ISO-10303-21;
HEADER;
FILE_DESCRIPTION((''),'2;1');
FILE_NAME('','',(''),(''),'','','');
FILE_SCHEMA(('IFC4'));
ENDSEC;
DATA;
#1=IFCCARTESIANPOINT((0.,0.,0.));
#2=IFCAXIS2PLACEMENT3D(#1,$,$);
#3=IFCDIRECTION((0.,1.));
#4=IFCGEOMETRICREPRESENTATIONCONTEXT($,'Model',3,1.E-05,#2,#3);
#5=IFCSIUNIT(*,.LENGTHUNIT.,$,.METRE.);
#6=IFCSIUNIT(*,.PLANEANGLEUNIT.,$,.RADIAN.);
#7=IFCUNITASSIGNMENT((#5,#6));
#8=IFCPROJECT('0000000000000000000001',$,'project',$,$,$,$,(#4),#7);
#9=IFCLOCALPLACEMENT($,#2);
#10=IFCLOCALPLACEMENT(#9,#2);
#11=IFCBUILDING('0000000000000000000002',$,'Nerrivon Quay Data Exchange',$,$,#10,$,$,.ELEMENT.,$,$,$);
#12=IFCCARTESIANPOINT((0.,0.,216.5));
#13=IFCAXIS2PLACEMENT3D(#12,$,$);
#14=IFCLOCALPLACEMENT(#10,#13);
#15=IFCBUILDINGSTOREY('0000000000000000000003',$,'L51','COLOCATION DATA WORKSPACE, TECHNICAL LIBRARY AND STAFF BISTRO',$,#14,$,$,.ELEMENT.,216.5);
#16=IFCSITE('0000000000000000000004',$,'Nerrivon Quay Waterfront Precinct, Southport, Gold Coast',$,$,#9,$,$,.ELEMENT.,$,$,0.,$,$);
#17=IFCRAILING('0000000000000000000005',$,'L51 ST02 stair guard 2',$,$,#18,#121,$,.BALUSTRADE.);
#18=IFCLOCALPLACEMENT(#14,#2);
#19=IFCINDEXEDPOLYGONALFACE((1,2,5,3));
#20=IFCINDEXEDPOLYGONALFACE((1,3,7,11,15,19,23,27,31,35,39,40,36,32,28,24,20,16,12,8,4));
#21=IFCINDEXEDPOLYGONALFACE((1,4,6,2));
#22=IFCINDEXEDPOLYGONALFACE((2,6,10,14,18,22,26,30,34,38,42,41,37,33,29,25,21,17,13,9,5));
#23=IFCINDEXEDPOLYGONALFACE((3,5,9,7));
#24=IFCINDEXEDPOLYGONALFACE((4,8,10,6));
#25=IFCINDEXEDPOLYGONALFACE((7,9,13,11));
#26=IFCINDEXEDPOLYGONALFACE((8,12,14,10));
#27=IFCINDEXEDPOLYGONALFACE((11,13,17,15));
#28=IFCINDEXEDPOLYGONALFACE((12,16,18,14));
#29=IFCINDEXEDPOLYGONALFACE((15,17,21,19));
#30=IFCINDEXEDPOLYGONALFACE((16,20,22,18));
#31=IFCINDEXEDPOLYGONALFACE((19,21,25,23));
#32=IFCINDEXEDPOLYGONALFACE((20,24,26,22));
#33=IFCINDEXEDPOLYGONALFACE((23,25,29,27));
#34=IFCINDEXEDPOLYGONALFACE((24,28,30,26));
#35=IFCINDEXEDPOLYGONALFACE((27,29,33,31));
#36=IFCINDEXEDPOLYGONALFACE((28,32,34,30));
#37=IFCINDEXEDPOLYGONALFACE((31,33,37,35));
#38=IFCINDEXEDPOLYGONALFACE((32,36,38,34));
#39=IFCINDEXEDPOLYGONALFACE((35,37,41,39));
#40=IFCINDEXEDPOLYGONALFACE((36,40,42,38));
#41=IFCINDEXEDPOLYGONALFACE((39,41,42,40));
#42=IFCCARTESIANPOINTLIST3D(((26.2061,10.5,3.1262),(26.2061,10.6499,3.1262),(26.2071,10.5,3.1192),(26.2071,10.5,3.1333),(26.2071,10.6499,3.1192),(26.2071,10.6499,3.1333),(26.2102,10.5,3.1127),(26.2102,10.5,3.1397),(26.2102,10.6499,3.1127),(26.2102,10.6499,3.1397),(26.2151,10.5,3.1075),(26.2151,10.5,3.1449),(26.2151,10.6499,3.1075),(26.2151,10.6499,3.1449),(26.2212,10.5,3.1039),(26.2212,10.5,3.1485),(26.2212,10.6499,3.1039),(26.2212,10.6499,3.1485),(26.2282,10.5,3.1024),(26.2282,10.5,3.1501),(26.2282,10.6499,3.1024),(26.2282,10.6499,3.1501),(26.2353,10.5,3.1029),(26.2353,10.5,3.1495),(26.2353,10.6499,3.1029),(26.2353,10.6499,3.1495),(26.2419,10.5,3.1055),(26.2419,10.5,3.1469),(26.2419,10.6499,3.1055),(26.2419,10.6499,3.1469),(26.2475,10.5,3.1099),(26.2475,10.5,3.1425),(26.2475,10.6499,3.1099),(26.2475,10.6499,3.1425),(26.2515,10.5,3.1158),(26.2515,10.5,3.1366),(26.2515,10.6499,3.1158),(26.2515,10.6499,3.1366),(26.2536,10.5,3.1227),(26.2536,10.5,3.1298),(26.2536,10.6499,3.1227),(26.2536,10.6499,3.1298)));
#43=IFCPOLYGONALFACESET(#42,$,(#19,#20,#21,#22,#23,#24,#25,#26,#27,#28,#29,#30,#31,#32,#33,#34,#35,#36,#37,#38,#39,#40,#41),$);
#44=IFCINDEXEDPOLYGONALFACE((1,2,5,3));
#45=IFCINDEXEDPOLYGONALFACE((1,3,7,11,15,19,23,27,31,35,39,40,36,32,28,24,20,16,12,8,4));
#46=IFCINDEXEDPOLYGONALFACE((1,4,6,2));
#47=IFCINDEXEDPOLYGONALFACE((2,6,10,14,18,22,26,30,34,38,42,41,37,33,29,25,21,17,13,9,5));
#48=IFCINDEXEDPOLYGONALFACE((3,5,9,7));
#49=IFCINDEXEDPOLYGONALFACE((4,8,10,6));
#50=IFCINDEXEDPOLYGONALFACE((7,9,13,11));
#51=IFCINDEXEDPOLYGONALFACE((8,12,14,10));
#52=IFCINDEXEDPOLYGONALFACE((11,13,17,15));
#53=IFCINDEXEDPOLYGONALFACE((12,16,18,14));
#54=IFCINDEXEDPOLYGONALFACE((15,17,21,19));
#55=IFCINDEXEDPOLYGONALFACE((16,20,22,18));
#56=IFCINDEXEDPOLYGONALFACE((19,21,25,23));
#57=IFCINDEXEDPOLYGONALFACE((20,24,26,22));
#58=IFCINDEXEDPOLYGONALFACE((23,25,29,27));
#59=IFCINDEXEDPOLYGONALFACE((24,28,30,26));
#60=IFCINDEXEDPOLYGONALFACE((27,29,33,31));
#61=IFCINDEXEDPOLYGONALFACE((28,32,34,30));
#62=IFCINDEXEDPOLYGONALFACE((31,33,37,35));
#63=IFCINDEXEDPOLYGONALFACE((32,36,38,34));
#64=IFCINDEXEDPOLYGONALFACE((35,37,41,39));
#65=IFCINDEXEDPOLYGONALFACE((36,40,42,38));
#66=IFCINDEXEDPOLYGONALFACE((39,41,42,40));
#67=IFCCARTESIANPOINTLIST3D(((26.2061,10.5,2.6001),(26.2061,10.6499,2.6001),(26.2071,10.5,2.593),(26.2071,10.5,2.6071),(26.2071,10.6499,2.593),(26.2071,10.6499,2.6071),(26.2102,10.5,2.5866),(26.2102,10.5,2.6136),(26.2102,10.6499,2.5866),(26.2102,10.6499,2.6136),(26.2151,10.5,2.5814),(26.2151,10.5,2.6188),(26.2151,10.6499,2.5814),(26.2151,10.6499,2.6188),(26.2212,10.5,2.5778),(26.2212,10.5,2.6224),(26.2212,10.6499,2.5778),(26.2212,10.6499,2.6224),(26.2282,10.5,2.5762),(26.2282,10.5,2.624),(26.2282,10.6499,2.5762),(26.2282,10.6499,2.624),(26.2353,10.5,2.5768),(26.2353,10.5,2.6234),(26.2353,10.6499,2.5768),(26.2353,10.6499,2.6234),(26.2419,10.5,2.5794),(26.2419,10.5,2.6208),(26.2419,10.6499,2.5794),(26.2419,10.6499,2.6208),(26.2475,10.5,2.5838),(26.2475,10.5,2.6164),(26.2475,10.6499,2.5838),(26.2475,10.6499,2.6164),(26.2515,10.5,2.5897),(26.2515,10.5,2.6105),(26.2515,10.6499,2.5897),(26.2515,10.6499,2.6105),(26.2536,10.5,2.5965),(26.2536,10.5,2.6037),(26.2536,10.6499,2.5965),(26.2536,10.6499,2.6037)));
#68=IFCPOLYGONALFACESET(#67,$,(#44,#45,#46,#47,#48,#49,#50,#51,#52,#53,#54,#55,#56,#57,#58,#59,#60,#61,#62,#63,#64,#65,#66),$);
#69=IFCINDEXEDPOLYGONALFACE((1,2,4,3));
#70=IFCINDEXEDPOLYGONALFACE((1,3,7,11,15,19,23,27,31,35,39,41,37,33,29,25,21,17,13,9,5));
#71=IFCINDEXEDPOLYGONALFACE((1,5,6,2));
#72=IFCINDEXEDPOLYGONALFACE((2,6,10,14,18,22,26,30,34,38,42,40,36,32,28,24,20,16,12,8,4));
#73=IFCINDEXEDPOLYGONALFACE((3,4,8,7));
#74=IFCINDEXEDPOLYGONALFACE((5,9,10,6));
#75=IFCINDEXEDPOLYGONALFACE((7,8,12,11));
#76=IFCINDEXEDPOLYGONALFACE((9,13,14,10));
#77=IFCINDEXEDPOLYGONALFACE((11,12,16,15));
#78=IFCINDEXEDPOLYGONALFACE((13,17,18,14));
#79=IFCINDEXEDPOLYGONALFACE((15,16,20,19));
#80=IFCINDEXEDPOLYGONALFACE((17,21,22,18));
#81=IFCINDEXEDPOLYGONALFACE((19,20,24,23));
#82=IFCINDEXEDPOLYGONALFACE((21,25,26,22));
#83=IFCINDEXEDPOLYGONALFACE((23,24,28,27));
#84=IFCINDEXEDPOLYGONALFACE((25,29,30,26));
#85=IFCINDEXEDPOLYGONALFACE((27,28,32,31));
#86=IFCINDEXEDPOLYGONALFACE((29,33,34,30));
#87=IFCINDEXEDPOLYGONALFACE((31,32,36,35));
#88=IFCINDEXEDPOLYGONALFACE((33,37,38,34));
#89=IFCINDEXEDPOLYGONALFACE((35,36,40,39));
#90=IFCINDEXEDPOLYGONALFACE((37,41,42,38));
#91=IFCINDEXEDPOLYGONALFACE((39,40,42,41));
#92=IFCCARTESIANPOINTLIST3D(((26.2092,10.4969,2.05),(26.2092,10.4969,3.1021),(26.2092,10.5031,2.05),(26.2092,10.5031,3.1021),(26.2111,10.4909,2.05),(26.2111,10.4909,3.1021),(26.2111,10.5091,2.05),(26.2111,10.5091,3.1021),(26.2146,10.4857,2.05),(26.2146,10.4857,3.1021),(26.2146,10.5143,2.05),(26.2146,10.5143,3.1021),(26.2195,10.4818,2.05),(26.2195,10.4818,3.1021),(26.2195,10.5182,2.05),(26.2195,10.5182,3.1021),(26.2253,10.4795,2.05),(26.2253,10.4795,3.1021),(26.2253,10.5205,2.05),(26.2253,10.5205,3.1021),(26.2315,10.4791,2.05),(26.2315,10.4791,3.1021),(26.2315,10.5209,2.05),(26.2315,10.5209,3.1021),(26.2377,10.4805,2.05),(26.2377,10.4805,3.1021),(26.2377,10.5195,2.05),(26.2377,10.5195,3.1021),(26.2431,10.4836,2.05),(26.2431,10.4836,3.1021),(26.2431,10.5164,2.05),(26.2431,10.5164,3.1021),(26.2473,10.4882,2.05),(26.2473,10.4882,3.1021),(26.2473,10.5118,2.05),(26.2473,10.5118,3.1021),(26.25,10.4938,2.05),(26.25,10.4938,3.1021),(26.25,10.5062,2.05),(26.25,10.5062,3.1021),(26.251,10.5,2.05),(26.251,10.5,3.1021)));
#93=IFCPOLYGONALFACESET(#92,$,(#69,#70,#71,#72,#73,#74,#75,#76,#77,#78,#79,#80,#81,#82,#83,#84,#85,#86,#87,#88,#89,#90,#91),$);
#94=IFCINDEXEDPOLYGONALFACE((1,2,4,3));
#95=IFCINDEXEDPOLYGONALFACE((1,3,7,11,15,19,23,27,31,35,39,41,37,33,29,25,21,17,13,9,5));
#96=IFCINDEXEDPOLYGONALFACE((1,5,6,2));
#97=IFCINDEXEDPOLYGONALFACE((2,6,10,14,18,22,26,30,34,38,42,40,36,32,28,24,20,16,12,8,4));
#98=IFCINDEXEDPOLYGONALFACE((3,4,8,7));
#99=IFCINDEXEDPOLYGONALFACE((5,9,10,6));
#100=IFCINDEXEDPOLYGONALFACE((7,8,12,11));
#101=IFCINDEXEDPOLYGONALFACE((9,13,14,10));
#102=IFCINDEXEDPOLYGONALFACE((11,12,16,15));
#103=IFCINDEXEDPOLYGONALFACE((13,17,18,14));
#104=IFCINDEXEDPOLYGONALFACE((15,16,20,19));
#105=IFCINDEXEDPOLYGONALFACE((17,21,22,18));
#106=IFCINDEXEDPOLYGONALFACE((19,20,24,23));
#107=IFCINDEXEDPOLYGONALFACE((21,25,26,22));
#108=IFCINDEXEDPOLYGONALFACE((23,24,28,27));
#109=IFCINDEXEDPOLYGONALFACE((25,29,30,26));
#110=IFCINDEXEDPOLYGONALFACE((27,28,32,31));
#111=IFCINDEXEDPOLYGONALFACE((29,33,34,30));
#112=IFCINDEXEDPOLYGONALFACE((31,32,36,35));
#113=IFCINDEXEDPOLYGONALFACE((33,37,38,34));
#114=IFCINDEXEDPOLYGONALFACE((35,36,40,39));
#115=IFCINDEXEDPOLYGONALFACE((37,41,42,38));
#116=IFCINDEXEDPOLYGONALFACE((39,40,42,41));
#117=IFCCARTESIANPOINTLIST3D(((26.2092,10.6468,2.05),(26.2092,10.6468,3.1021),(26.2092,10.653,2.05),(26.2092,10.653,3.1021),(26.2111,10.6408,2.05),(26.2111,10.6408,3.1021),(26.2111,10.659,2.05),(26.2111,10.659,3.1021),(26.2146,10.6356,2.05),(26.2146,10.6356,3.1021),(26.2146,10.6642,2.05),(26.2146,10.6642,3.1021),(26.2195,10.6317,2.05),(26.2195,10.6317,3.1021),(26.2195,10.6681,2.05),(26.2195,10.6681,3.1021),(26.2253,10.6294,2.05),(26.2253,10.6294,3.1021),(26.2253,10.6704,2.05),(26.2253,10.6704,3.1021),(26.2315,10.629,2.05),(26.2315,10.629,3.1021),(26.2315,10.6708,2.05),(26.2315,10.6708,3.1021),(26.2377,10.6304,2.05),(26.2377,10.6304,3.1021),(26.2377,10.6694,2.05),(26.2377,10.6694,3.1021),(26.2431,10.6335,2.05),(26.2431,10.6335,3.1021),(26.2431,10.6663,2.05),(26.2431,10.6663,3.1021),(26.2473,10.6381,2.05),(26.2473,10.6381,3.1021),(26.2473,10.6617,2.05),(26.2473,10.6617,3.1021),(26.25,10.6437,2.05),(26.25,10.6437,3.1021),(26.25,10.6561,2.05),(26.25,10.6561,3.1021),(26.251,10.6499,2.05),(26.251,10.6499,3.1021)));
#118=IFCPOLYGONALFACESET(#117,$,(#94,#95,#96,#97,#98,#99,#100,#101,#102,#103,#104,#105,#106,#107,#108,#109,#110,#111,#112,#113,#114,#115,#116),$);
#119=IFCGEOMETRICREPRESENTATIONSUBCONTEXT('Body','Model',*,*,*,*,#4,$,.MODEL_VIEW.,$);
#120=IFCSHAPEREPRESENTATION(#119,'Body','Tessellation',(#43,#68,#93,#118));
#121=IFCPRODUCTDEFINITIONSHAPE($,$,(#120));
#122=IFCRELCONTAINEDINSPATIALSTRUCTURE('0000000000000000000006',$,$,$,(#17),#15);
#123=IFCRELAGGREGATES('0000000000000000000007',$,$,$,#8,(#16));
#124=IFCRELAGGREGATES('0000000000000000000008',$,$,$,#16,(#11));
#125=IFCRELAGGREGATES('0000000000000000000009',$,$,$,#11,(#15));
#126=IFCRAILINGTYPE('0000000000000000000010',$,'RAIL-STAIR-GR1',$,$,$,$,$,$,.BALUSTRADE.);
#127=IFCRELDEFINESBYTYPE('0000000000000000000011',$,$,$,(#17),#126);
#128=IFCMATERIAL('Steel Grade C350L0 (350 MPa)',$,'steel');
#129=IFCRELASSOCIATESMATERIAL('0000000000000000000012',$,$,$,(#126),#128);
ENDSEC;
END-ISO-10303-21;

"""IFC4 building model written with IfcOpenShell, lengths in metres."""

from ifc_helpers import new_model, si_unit, direction, frame, origin, origin_2d, place, context, subcontext, project, spatial, circle, extrude, material, type_object, element, save


model = new_model("IFC4")

# Units and contexts
model_context = context("Model", 3, precision=1e-05, world=origin(), true_north=direction((0.0, 1.0)))
body_context = subcontext(model_context, "Body", "Model", "MODEL_VIEW")
ifc_project = project(units=[si_unit("LENGTHUNIT", "METRE"), si_unit("PLANEANGLEUNIT", "RADIAN")], contexts=[model_context])

# Site, building, storey
site_placement = place(None, origin())
site = spatial("IfcSite", under=ifc_project, at=site_placement, Name="Nerrivon Quay Waterfront Precinct, Southport, Gold Coast", CompositionType="ELEMENT", RefElevation=0.0)
building_placement = place(site_placement, origin())
building = spatial("IfcBuilding", under=site, at=building_placement, Name="Nerrivon Quay Data Exchange", CompositionType="ELEMENT")
storey_placement = place(building_placement, frame((0.0, 0.0, 216.5)))
storey = spatial("IfcBuildingStorey", under=building, at=storey_placement, Name="L51", Description="COLOCATION DATA WORKSPACE, TECHNICAL LIBRARY AND STAFF BISTRO", CompositionType="ELEMENT", Elevation=216.5)

# Shared definitions
ifc_material_1 = material(Name="Steel Grade C350L0 (350 MPa)", Category="steel")

# Railing
railing_type_1 = type_object("IfcRailingType", Name="RAIL-STAIR-GR1", PredefinedType="BALUSTRADE", material=ifc_material_1)
railing_1_placement = place(storey_placement, frame((26.23, 10.5, 2.05)))
element("IfcRailing", 1, at=railing_1_placement, inside=storey, type_object=railing_type_1, Name="L51 ST02 stair guard 2", PredefinedType="BALUSTRADE", context=body_context, shape_type="SweptSolid", body=[
    extrude(circle(Radius=0.0239, at=origin_2d()), frame((0.0, 0.0, 1.0762), z_axis=(0.0, 1.0, 0.0), x_axis=(-1.0, 0.0, 0.0)), (0.0, 0.0, 1.0), 0.1499),
    extrude(circle(Radius=0.0239, at=origin_2d()), frame((0.0, 0.0, 0.55), z_axis=(0.0, 1.0, 0.0), x_axis=(-1.0, 0.0, 0.0)), (0.0, 0.0, 1.0), 0.1499),
    extrude(circle(Radius=0.021, at=origin_2d()), origin(), (0.0, 0.0, 1.0), 1.052),
    extrude(circle(Radius=0.021, at=origin_2d()), frame((0.0, 0.1499, 0.0)), (0.0, 0.0, 1.0), 1.052),
])

save(model, "model.ifc")
